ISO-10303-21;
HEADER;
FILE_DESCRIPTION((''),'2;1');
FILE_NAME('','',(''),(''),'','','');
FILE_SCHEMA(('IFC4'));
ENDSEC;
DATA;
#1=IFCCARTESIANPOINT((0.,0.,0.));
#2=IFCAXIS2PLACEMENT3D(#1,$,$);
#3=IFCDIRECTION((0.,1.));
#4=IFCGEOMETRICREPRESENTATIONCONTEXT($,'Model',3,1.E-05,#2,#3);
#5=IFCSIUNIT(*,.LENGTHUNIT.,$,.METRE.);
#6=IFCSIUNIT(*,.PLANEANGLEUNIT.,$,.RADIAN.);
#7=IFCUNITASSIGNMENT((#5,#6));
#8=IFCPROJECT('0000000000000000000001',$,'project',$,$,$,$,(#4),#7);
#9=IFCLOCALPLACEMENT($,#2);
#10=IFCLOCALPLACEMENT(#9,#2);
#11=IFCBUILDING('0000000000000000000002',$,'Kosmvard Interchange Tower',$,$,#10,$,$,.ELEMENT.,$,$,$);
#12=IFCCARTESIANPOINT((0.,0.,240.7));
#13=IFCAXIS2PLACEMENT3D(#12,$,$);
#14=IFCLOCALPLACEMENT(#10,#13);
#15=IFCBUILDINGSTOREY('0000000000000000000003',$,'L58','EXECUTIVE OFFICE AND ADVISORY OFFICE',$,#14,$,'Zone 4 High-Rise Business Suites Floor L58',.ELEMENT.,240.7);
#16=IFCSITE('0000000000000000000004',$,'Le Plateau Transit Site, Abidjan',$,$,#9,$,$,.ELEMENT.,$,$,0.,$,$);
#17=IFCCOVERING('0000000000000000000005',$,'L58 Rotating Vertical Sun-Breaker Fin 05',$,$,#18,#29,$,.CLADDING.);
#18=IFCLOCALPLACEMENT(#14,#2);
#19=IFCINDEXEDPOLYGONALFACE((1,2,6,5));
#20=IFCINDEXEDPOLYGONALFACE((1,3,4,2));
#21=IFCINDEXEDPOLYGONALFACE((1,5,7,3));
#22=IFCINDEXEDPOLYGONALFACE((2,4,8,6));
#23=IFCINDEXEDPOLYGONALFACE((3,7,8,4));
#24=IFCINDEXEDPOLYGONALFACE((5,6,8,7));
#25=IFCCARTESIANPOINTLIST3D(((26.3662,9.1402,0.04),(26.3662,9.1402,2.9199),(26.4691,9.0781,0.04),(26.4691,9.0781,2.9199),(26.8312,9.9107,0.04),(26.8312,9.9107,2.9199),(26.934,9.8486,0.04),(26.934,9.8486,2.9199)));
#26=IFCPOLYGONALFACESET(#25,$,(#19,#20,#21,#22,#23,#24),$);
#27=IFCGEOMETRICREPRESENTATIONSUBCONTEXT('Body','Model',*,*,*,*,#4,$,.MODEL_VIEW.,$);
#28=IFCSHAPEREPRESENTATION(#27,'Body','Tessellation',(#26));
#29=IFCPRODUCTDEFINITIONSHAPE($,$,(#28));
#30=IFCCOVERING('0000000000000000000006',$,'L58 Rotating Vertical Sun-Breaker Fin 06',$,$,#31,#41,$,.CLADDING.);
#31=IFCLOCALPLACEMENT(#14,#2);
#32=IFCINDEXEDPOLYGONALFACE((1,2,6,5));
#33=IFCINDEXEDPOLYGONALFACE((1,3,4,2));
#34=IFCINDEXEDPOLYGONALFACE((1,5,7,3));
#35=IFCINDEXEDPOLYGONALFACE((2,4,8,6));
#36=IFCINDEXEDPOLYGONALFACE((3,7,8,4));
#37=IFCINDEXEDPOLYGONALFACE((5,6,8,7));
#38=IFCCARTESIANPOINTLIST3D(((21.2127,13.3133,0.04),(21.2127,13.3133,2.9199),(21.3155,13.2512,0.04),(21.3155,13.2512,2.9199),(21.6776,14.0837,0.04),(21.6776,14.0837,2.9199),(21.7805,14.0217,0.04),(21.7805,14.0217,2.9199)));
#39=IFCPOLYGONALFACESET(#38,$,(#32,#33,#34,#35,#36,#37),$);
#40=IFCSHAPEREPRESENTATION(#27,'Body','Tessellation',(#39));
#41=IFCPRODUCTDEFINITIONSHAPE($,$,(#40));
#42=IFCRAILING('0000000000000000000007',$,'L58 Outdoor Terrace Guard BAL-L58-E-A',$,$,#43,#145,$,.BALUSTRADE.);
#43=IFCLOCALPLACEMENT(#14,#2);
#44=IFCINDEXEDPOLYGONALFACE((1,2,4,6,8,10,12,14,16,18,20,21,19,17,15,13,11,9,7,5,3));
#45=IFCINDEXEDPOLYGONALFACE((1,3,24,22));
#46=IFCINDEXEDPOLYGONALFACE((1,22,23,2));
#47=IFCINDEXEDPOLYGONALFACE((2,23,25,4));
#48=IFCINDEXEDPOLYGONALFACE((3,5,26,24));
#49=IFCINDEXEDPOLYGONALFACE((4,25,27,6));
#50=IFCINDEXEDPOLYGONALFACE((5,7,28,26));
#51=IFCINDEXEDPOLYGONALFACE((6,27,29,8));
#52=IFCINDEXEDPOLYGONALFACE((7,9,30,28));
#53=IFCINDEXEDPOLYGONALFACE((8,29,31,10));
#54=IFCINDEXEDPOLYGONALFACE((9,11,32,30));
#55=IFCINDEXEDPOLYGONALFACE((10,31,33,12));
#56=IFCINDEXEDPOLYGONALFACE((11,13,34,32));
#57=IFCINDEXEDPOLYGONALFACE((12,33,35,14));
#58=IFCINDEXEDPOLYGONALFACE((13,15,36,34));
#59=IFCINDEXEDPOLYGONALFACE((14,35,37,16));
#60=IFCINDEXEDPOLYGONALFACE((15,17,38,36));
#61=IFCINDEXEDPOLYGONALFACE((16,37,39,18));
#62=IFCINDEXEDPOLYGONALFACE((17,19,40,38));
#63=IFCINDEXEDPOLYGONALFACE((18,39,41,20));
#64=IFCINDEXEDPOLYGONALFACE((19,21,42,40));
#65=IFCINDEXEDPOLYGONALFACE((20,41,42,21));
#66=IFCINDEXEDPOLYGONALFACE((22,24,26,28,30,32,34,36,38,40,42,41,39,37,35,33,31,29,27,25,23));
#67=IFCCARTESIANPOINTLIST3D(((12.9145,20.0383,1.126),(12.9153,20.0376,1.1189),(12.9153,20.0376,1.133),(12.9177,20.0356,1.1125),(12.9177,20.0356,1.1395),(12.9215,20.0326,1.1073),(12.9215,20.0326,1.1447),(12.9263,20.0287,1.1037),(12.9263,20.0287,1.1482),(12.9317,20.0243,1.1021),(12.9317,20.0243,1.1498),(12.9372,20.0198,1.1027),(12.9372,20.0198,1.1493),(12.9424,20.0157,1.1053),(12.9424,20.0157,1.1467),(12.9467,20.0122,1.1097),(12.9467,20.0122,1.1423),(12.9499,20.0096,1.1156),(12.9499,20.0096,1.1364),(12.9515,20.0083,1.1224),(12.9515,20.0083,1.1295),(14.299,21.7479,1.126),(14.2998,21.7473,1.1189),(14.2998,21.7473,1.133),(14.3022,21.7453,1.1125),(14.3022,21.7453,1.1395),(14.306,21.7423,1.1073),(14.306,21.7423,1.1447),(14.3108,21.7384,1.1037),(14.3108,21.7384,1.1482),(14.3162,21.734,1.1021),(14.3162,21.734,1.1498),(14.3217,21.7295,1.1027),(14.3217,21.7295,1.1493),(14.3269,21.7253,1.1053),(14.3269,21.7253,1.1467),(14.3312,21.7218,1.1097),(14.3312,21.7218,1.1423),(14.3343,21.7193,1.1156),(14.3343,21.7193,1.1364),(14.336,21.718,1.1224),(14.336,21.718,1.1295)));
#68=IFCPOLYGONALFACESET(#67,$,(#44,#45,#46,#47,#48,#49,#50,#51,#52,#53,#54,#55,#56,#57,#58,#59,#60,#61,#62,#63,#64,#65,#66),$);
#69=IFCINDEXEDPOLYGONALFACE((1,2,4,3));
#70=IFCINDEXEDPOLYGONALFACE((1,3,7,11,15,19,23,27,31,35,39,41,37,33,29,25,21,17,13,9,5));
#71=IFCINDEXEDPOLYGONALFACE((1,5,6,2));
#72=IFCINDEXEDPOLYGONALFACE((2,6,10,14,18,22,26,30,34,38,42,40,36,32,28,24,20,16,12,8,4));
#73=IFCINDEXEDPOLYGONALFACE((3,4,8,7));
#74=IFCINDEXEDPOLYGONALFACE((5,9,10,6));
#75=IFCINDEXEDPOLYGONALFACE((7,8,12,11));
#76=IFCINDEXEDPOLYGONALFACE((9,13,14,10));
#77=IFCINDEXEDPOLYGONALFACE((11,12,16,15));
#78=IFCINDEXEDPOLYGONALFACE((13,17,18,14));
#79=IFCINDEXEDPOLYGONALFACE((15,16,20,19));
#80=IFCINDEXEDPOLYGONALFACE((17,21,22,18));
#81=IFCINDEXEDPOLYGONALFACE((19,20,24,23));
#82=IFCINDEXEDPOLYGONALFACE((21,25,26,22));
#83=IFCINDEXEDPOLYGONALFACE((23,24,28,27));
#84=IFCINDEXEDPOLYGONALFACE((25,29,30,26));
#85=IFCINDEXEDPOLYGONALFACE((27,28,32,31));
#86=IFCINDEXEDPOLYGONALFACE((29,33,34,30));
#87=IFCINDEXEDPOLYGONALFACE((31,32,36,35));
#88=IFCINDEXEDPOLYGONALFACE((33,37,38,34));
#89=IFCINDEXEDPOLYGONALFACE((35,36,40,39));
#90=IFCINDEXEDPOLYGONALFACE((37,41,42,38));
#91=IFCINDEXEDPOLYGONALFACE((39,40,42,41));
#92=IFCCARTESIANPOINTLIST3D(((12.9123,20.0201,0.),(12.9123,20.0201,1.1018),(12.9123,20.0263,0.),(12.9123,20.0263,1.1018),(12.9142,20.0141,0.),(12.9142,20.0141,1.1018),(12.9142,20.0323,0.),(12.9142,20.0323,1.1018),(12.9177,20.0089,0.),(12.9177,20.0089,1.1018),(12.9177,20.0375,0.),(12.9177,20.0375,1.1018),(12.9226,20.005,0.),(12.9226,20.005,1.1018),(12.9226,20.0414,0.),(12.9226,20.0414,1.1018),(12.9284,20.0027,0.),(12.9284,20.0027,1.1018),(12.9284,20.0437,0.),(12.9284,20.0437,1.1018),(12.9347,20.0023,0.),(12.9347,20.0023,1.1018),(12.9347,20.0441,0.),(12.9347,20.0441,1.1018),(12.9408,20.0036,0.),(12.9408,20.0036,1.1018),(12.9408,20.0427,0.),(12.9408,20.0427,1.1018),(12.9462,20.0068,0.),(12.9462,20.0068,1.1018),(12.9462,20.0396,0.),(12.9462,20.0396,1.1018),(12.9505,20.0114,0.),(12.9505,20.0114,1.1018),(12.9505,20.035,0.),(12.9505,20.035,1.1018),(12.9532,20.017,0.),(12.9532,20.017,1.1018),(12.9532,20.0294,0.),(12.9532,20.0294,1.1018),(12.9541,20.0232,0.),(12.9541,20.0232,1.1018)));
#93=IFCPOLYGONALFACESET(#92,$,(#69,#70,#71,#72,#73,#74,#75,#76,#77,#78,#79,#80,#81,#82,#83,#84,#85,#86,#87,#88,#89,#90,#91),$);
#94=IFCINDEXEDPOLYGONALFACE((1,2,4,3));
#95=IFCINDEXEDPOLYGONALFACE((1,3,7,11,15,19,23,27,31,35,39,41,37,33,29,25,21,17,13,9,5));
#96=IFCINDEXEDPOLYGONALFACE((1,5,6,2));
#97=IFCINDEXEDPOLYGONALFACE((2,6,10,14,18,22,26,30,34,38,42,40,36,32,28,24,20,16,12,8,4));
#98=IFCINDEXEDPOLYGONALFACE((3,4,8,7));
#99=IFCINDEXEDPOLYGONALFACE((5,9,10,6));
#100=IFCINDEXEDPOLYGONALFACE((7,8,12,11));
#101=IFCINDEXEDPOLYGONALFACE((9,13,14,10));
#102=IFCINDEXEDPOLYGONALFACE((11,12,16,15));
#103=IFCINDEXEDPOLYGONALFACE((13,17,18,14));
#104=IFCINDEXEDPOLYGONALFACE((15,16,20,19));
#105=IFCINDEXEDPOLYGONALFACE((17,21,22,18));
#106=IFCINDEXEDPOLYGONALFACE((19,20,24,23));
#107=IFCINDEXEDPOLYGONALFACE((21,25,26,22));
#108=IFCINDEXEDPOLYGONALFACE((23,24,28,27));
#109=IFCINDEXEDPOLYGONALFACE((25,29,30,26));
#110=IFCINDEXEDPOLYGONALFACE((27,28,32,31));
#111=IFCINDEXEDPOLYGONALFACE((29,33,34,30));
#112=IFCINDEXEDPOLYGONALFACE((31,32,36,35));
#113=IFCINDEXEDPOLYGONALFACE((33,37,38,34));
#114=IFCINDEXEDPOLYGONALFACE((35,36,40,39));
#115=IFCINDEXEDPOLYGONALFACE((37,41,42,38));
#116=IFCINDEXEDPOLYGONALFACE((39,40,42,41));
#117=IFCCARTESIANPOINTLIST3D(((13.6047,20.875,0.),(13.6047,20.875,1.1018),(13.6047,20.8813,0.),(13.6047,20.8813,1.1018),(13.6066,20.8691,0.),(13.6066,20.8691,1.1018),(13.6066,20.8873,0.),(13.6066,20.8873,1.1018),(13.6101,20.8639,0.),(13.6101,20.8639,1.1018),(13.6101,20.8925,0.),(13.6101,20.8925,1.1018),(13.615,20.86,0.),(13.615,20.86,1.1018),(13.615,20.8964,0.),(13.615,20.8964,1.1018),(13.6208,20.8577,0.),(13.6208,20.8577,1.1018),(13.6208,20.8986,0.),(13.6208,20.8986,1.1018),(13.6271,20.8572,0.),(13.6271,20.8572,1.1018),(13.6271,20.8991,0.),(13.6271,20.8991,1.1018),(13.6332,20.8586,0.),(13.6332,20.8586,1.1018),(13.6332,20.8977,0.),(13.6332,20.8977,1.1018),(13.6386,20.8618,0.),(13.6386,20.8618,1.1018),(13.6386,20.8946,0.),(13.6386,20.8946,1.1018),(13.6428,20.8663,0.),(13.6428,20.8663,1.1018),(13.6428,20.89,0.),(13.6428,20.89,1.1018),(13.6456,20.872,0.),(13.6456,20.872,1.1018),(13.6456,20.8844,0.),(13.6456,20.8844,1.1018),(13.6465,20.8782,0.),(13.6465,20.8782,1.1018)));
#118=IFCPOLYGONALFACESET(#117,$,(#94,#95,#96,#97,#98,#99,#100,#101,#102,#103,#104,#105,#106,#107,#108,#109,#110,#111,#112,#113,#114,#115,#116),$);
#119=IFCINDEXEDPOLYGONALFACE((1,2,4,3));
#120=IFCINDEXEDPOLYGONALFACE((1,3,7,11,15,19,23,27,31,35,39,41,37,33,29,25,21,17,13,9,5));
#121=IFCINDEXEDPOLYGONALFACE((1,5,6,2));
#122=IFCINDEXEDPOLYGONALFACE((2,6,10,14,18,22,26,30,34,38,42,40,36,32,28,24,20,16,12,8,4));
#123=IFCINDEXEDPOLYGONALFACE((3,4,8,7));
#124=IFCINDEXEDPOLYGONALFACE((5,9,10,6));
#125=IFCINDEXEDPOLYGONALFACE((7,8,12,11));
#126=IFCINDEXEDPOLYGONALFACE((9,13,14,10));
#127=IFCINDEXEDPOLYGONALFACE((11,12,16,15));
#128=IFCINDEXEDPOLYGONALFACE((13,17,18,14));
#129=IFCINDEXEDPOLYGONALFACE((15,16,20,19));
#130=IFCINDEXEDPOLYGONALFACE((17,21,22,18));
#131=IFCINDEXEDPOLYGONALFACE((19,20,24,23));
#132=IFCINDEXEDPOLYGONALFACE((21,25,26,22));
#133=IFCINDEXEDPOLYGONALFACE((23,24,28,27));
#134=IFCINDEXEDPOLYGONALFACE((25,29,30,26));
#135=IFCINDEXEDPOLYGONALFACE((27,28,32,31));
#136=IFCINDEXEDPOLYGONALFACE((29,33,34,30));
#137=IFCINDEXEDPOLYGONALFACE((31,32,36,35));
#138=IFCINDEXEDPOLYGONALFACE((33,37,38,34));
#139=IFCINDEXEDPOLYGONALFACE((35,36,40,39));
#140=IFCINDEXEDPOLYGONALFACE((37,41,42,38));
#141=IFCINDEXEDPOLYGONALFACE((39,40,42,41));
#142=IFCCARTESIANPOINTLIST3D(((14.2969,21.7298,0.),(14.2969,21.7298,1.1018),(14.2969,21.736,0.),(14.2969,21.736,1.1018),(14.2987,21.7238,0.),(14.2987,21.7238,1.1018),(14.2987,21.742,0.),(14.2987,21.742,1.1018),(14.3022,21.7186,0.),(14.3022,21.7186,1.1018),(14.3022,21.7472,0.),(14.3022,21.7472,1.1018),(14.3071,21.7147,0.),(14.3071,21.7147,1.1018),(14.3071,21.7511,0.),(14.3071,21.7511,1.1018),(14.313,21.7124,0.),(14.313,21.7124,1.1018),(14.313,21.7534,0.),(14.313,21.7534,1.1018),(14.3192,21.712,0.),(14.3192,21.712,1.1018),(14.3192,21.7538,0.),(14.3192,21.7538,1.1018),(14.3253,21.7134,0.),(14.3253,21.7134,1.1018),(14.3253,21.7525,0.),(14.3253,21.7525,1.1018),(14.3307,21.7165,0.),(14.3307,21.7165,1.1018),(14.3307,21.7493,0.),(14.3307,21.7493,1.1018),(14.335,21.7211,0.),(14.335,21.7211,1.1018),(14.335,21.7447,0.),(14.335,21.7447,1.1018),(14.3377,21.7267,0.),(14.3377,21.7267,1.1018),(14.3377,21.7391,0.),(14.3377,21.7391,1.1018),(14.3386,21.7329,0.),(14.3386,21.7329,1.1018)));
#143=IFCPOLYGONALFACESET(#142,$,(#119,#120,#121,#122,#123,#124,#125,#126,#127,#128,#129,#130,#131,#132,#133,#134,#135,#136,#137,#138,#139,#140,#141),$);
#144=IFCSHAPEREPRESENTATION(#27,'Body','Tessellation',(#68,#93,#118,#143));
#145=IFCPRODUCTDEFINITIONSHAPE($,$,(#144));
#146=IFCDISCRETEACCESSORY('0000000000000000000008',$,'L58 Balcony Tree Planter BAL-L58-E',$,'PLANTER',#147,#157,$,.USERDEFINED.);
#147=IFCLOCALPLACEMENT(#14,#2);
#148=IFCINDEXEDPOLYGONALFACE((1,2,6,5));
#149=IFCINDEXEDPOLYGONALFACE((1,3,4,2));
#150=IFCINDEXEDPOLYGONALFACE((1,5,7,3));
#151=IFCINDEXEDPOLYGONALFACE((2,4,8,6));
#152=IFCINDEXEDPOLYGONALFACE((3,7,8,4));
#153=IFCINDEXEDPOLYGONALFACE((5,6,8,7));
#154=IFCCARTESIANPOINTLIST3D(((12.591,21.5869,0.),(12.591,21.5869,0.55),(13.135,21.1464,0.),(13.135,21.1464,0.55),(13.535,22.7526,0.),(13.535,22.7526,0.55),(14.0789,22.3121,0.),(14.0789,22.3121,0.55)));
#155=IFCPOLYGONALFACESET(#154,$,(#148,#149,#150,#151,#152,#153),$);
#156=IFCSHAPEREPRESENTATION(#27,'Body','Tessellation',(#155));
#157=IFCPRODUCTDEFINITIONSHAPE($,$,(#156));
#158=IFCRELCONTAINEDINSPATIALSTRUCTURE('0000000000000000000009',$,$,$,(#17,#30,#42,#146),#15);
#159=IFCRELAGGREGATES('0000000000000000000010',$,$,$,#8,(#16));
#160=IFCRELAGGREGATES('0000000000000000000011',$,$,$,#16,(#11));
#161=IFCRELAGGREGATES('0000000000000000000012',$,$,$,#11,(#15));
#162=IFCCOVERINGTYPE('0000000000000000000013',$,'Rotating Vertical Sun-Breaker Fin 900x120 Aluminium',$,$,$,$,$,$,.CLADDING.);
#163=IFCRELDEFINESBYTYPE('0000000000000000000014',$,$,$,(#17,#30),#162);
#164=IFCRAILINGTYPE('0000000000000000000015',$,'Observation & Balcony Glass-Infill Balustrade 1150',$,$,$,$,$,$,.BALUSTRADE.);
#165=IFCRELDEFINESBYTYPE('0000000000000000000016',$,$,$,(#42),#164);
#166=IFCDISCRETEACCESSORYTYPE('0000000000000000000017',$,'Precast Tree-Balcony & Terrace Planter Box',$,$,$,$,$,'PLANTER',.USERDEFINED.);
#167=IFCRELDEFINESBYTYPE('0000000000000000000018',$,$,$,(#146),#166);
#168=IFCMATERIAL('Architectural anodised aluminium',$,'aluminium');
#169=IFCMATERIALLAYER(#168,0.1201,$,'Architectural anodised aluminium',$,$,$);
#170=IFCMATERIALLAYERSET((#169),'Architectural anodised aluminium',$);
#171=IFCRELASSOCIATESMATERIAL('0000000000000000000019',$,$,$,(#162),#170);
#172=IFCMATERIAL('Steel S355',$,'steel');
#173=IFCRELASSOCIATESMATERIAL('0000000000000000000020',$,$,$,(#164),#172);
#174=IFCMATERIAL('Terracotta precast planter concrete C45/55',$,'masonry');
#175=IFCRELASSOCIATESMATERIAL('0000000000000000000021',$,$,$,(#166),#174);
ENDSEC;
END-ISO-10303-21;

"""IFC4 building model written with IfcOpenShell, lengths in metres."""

from ifc_helpers import new_model, si_unit, direction, frame, origin, origin_2d, place, context, subcontext, project, spatial, rectangle, circle, extrude, source, transform, mapped, material, layer, layer_set, type_object, element, save


model = new_model("IFC4")

# Units and contexts
model_context = context("Model", 3, precision=1e-05, world=origin(), true_north=direction((0.0, 1.0)))
body_context = subcontext(model_context, "Body", "Model", "MODEL_VIEW")
ifc_project = project(units=[si_unit("LENGTHUNIT", "METRE"), si_unit("PLANEANGLEUNIT", "RADIAN")], contexts=[model_context])

# Site, building, storey
site_placement = place(None, origin())
site = spatial("IfcSite", under=ifc_project, at=site_placement, Name="Le Plateau Transit Site, Abidjan", CompositionType="ELEMENT", RefElevation=0.0)
building_placement = place(site_placement, origin())
building = spatial("IfcBuilding", under=site, at=building_placement, Name="Kosmvard Interchange Tower", CompositionType="ELEMENT")
storey_placement = place(building_placement, frame((0.0, 0.0, 240.7)))
storey = spatial("IfcBuildingStorey", under=building, at=storey_placement, Name="L58", Description="EXECUTIVE OFFICE AND ADVISORY OFFICE", LongName="Zone 4 High-Rise Business Suites Floor L58", CompositionType="ELEMENT", Elevation=240.7)

# Shared definitions
ifc_material_1 = material(Name="Steel S355", Category="steel")

# Coverings
ifc_material_2 = material(Name="Architectural anodised aluminium", Category="aluminium")
ifc_layer_1 = layer(ifc_material_2, 0.1201, Name="Architectural anodised aluminium")
ifc_layer_set_1 = layer_set([ifc_layer_1], Name="Architectural anodised aluminium")
covering_type = type_object("IfcCoveringType", Name="Rotating Vertical Sun-Breaker Fin 900x120 Aluminium", PredefinedType="CLADDING", material=ifc_layer_set_1)
shared_shape_1 = source(origin(), body_context, "Body", "SweptSolid", [
    extrude(rectangle(XDim=0.8999, YDim=0.1201, at=origin_2d()), origin(), (0.0, 0.0, 1.0), 2.8799),
])
for number, where, z_axis, x_axis, name in (
    (1, (26.6501, 9.4944, 0.04), (0.0, 0.0, 1.0), (0.516683, 0.856177, 0.0), "L58 Rotating Vertical Sun-Breaker Fin 05"),
    (2, (21.4966, 13.6675, 0.04), (0.0, 0.0, 1.0), (0.516683, 0.856177, 0.0), "L58 Rotating Vertical Sun-Breaker Fin 06"),
):
    element("IfcCovering", number, at=place(storey_placement, frame(where, z_axis=z_axis, x_axis=x_axis)), inside=storey, type_object=covering_type, Name=name, PredefinedType="CLADDING", context=body_context, shape_type="MappedRepresentation", body=[
        mapped(shared_shape_1, transform((0.0, 0.0, 0.0), scale=1.0)),
    ])

# Railing
railing_type = type_object("IfcRailingType", Name="Observation & Balcony Glass-Infill Balustrade 1150", PredefinedType="BALUSTRADE", material=ifc_material_1)
shared_shape_2 = source(origin(), body_context, "Body", "SweptSolid", [
    extrude(circle(Radius=0.0239, at=origin_2d()), frame((0.0, 0.0, 1.126), z_axis=(0.629326, 0.777141, 0.0), x_axis=(-0.777141, 0.629326, 0.0)), (0.0, 0.0, 1.0), 2.2),
    extrude(circle(Radius=0.021, at=origin_2d()), origin(), (0.0, 0.0, 1.0), 1.1018),
    extrude(circle(Radius=0.021, at=origin_2d()), frame((0.6924, 0.855, 0.0)), (0.0, 0.0, 1.0), 1.1018),
    extrude(circle(Radius=0.021, at=origin_2d()), frame((1.3845, 1.7097, 0.0)), (0.0, 0.0, 1.0), 1.1018),
])
railing_1_placement = place(storey_placement, frame((12.9331, 20.0232, 0.0)))
element("IfcRailing", 3, at=railing_1_placement, inside=storey, type_object=railing_type, Name="L58 Outdoor Terrace Guard BAL-L58-E-A", PredefinedType="BALUSTRADE", context=body_context, shape_type="MappedRepresentation", body=[
    mapped(shared_shape_2, transform((0.0, 0.0, 0.0), scale=1.0)),
])

# Discrete accessory
ifc_material_3 = material(Name="Terracotta precast planter concrete C45/55", Category="masonry")
discrete_accessory_type = type_object("IfcDiscreteAccessoryType", Name="Precast Tree-Balcony & Terrace Planter Box", ElementType="PLANTER", PredefinedType="USERDEFINED", material=ifc_material_3)
shared_shape_3 = source(origin(), body_context, "Body", "SweptSolid", [
    extrude(rectangle(XDim=1.5, YDim=0.7, at=origin_2d()), origin(), (0.0, 0.0, 1.0), 0.55),
])
discrete_accessory_placement = place(storey_placement, frame((13.335, 21.9495, 0.0), z_axis=(0.0, 0.0, 1.0), x_axis=(0.62932, 0.777146, 0.0)))
element("IfcDiscreteAccessory", 4, at=discrete_accessory_placement, inside=storey, type_object=discrete_accessory_type, Name="L58 Balcony Tree Planter BAL-L58-E", ObjectType="PLANTER", PredefinedType="USERDEFINED", context=body_context, shape_type="MappedRepresentation", body=[
    mapped(shared_shape_3, transform((0.0, 0.0, 0.0), scale=1.0)),
])

save(model, "model.ifc")
